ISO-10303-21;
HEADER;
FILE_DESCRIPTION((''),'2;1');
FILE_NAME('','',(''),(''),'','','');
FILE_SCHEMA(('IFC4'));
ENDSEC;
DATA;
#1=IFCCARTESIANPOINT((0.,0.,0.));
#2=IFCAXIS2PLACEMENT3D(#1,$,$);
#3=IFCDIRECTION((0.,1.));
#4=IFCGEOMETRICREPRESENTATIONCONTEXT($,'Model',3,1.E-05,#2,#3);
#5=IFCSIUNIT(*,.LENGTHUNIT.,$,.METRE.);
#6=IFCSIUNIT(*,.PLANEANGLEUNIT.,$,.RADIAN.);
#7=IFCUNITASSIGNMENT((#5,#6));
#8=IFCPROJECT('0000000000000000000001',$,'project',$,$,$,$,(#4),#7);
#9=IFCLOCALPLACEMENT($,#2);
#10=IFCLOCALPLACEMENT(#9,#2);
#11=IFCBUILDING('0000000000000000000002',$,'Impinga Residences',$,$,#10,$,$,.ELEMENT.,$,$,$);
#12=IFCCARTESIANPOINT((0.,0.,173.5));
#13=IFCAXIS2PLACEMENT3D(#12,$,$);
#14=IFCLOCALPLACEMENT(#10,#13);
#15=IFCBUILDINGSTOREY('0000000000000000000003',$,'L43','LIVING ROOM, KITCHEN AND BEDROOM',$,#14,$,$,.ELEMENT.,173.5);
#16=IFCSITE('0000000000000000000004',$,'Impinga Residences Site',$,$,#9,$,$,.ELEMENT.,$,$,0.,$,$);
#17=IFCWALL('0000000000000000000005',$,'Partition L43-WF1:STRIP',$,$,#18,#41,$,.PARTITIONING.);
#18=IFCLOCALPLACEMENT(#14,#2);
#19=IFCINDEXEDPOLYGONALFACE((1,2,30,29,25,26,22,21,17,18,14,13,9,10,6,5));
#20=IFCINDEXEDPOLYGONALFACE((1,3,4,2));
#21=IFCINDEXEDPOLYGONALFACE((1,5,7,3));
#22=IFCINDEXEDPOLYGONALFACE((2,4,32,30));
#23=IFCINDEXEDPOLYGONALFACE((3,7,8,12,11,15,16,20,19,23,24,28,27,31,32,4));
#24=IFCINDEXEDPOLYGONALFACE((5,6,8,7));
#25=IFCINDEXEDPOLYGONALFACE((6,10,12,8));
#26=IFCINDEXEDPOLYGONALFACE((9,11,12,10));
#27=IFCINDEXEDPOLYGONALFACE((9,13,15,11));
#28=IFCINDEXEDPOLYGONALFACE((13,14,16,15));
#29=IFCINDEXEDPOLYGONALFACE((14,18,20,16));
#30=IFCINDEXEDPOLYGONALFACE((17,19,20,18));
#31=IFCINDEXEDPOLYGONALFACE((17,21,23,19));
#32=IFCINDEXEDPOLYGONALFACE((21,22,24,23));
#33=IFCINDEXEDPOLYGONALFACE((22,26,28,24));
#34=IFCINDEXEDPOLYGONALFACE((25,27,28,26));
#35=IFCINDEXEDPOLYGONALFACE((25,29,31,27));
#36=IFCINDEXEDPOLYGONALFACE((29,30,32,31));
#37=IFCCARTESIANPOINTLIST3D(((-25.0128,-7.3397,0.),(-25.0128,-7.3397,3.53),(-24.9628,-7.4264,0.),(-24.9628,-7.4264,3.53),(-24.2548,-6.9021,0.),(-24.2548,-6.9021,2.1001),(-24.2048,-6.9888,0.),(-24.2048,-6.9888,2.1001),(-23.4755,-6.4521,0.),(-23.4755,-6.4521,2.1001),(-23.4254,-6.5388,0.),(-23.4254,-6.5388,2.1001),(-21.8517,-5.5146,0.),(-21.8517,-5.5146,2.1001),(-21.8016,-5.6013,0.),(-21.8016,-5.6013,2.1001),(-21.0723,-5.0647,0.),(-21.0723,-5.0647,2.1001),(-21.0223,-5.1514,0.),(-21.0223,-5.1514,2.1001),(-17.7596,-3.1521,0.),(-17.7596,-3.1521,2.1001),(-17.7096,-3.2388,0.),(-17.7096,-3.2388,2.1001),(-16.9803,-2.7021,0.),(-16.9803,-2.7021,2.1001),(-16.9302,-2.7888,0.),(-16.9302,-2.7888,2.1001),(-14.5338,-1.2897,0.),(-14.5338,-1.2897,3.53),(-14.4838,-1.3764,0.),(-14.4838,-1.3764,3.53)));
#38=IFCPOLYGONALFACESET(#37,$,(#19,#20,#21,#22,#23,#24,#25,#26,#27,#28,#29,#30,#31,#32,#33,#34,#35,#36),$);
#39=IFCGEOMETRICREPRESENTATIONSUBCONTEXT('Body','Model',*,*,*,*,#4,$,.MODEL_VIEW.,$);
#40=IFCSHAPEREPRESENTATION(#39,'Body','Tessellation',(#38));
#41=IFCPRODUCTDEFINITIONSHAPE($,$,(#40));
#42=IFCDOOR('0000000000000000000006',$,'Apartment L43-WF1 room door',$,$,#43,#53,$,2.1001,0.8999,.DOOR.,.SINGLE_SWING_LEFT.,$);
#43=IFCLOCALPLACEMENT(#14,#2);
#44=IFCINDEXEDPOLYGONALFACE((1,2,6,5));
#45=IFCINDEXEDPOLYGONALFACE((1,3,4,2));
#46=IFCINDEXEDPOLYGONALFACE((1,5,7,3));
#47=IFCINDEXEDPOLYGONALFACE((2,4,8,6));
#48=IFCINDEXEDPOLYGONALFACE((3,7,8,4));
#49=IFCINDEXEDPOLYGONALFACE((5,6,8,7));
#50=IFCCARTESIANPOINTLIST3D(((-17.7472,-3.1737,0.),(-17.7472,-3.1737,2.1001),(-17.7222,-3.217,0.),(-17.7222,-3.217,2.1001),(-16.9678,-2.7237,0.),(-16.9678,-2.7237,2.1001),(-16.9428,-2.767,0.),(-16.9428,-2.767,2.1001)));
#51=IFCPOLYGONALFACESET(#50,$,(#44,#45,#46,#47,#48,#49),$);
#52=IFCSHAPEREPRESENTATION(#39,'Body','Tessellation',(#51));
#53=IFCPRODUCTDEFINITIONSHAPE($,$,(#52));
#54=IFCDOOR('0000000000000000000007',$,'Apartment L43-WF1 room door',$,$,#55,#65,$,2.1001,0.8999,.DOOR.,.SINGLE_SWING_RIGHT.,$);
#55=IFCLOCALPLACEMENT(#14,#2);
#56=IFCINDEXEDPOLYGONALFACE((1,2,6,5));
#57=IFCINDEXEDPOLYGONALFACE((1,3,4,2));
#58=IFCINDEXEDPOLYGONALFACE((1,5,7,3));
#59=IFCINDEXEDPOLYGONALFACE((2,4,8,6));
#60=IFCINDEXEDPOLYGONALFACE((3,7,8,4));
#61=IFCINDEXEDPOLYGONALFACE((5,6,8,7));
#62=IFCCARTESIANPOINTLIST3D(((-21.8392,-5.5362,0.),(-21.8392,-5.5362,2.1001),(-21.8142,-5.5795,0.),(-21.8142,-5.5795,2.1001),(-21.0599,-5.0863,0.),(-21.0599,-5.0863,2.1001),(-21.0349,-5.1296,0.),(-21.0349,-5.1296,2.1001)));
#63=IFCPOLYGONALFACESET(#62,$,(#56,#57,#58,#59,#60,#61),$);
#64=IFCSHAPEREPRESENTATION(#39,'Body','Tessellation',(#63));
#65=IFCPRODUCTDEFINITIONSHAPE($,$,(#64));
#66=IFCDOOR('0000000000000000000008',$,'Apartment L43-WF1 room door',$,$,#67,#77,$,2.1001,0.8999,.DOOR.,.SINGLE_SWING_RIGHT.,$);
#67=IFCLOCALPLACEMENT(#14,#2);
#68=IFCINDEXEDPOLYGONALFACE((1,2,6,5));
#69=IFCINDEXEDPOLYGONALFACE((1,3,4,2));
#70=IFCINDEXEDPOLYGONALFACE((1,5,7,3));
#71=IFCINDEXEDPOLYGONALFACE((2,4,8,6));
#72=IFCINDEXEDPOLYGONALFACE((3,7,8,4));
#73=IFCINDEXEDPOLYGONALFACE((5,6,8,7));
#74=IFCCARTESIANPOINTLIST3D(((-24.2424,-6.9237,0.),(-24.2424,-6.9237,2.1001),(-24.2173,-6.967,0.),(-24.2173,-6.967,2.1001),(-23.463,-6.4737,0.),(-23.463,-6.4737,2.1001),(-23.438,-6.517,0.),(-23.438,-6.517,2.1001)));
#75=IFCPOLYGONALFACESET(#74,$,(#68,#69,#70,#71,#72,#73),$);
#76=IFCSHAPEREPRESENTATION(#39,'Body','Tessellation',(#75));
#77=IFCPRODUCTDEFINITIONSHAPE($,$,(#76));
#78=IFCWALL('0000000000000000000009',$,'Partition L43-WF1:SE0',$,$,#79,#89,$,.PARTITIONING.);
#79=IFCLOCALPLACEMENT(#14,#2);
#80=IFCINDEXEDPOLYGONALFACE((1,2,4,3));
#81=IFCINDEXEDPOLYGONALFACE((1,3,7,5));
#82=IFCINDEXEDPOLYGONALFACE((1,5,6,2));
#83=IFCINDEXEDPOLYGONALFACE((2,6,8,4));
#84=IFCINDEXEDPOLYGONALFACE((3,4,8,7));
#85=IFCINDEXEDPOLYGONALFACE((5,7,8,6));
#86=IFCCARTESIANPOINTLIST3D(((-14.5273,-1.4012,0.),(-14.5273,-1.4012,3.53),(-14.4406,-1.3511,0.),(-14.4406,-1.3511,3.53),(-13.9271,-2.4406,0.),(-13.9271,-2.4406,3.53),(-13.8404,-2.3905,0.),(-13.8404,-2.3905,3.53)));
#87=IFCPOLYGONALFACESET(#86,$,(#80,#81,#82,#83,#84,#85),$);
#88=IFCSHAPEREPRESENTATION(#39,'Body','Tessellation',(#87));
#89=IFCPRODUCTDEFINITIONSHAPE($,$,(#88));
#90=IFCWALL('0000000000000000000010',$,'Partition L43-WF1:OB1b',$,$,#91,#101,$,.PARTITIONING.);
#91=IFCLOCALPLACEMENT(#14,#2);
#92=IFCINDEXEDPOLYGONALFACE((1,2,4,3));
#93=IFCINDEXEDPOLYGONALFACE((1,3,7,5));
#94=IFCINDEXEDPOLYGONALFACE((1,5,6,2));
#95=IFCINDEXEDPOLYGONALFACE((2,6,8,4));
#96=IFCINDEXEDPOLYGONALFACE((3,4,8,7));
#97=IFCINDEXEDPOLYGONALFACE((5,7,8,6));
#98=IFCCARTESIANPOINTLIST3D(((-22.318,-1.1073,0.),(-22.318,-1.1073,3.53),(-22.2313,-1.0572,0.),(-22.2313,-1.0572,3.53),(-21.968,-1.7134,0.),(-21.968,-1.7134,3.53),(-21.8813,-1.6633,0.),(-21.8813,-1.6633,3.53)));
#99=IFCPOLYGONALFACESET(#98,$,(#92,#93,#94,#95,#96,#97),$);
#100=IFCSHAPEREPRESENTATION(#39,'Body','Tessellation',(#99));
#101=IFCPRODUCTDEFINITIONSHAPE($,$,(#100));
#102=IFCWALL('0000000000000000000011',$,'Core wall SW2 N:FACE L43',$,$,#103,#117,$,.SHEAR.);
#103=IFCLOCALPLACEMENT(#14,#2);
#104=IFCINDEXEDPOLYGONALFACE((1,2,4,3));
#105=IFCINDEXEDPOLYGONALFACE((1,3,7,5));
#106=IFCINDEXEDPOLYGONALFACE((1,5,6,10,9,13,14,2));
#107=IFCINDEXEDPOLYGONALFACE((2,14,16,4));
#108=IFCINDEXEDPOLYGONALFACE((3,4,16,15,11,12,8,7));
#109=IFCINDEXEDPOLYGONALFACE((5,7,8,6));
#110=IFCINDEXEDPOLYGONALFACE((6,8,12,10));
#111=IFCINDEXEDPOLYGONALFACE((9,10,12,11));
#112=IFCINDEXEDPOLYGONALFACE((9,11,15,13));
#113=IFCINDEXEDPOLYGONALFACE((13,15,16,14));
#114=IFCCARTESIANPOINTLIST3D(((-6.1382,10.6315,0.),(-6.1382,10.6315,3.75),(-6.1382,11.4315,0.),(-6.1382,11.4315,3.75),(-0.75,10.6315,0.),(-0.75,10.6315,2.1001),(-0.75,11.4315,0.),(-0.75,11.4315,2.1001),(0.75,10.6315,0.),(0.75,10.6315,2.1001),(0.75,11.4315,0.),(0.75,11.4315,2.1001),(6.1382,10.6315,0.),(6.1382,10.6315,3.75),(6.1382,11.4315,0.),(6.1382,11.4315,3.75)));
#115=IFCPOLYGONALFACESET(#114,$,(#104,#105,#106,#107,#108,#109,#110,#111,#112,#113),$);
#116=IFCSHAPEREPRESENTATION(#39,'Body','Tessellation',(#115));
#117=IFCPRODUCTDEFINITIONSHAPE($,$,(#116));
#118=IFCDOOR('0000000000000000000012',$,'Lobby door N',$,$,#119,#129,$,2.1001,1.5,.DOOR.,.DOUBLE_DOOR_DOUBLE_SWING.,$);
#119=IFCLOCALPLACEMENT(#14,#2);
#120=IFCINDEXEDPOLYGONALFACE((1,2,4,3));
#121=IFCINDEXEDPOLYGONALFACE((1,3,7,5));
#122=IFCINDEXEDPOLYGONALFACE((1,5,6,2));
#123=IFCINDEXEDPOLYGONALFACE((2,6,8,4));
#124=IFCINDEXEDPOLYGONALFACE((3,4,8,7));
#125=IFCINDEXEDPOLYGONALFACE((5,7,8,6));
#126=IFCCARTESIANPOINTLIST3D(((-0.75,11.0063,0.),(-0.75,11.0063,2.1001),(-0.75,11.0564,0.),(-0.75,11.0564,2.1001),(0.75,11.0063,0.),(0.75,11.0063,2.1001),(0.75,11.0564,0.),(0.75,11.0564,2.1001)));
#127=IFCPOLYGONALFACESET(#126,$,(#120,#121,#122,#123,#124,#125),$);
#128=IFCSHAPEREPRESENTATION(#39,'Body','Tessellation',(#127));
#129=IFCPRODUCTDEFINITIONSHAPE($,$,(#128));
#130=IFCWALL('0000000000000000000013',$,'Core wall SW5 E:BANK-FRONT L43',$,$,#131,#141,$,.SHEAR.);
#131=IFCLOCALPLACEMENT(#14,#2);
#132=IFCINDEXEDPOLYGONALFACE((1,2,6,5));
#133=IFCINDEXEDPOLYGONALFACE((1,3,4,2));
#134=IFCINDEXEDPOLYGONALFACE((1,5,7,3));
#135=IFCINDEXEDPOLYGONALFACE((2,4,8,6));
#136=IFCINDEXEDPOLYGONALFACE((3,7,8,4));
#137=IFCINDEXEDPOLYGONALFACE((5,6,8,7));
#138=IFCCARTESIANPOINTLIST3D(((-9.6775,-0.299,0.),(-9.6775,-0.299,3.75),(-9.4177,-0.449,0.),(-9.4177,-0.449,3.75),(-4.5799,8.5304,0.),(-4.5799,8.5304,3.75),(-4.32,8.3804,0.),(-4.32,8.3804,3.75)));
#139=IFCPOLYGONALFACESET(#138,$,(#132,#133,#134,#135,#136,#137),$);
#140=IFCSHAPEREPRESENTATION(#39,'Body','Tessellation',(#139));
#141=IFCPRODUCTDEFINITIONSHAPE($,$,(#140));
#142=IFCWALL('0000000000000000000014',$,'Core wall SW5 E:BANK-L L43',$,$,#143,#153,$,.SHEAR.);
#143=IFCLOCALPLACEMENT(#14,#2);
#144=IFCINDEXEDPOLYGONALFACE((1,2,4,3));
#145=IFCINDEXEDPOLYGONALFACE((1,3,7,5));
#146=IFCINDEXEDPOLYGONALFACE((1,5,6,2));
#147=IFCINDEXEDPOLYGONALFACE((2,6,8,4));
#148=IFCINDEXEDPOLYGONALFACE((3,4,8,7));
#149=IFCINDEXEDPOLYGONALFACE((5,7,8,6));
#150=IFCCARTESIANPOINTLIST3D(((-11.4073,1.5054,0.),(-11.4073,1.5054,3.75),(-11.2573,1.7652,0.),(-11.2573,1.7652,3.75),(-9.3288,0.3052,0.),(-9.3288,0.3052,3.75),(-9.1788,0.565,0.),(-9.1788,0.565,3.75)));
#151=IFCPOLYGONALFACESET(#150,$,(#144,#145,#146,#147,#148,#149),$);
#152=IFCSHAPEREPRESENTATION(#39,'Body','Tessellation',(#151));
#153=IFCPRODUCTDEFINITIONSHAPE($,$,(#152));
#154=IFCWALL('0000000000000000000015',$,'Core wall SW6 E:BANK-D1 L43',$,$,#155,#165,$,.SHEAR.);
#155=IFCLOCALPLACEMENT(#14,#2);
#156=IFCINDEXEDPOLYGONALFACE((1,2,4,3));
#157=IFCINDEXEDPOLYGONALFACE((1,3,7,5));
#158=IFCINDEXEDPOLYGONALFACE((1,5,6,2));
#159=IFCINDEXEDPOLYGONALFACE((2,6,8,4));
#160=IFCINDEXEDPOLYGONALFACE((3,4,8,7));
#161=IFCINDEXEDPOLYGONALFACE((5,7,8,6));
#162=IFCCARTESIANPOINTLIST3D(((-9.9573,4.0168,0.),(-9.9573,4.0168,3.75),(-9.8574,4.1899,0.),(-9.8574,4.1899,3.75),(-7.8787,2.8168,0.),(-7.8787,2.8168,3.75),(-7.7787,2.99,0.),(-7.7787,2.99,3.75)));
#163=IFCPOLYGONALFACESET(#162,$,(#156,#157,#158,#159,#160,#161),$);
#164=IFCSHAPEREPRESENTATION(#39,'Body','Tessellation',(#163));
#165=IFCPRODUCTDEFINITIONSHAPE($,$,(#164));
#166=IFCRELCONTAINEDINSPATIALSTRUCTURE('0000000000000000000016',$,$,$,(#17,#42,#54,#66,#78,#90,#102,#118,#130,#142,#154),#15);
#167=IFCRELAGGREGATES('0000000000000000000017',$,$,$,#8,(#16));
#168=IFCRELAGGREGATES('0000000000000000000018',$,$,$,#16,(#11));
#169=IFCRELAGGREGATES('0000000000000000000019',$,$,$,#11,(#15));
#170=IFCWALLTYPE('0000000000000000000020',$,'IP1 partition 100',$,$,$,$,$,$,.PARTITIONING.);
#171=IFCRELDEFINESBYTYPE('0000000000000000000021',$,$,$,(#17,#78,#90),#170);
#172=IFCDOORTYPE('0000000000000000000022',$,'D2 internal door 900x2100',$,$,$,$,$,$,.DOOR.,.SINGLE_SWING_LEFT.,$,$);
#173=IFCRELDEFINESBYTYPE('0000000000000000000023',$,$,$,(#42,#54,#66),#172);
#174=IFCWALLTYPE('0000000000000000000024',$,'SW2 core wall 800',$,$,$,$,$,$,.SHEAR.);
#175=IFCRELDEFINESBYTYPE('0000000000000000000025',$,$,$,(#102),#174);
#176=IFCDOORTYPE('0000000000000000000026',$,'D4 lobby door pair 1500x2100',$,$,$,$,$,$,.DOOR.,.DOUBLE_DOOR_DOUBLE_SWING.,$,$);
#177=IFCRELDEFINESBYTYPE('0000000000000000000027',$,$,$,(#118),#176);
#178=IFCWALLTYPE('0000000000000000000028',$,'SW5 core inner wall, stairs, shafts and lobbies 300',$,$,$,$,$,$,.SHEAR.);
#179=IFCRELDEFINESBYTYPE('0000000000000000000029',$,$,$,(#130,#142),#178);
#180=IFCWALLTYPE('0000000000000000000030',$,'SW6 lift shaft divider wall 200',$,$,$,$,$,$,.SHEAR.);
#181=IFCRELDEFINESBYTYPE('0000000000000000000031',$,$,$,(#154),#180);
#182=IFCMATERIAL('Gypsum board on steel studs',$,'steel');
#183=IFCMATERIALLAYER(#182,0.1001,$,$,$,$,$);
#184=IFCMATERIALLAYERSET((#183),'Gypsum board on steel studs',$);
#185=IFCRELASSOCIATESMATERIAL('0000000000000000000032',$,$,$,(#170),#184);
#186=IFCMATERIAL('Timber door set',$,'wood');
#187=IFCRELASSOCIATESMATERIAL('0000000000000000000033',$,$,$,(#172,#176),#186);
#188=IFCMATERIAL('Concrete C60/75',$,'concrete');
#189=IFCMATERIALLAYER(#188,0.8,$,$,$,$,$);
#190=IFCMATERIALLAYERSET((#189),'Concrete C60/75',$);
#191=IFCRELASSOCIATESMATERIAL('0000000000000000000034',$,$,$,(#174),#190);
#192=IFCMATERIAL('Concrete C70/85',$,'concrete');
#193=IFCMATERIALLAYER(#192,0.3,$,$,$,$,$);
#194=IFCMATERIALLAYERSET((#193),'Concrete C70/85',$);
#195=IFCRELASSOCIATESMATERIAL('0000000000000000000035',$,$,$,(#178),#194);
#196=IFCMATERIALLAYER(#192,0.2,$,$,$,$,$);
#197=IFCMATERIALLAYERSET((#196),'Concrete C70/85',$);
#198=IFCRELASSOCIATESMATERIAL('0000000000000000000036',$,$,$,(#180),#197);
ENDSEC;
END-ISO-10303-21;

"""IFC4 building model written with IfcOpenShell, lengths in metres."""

from ifc_helpers import new_model, si_unit, direction, frame, frame_2d, origin, place, context, subcontext, project, spatial, rectangle, extrude, material, layer, layer_set, type_object, element, fill, save


model = new_model("IFC4")

# Units and contexts
model_context = context("Model", 3, precision=1e-05, world=origin(), true_north=direction((0.0, 1.0)))
body_context = subcontext(model_context, "Body", "Model", "MODEL_VIEW")
ifc_project = project(units=[si_unit("LENGTHUNIT", "METRE"), si_unit("PLANEANGLEUNIT", "RADIAN")], contexts=[model_context])

# Site, building, storey
site_placement = place(None, origin())
site = spatial("IfcSite", under=ifc_project, at=site_placement, Name="Impinga Residences Site", CompositionType="ELEMENT", RefElevation=0.0)
building_placement = place(site_placement, origin())
building = spatial("IfcBuilding", under=site, at=building_placement, Name="Impinga Residences", CompositionType="ELEMENT")
storey_placement = place(building_placement, frame((0.0, 0.0, 173.5)))
storey = spatial("IfcBuildingStorey", under=building, at=storey_placement, Name="L43", Description="LIVING ROOM, KITCHEN AND BEDROOM", CompositionType="ELEMENT", Elevation=173.5)

# Shared definitions
ifc_material_1 = material(Name="Concrete C60/75", Category="concrete")

# Shared definitions
ifc_material_2 = material(Name="Timber door set", Category="wood")

# Shared definitions
ifc_material_3 = material(Name="Gypsum board on steel studs", Category="steel")
ifc_layer_1 = layer(ifc_material_3, 0.1001)
ifc_layer_set_1 = layer_set([ifc_layer_1], Name="Gypsum board on steel studs")
wall_type_1 = type_object("IfcWallType", Name="IP1 partition 100", PredefinedType="PARTITIONING", material=ifc_layer_set_1)

# Wall, openings, doors
wall_1_placement = place(storey_placement, frame((-14.5088, -1.333, 0.0), z_axis=(0.0, 0.0, 1.0), x_axis=(-0.866026, -0.5, 0.0)))
wall_1 = element("IfcWall", 1, at=wall_1_placement, inside=storey, type_object=wall_type_1, Name="Partition L43-WF1:STRIP", PredefinedType="PARTITIONING", context=body_context, shape_type="SweptSolid", body=[
    extrude(rectangle(XDim=12.1001, YDim=0.1001, at=frame_2d((6.05, 0.0))), origin(), (0.0, 0.0, 1.0), 3.53),
])
opening_1_placement = place(wall_1_placement, frame((2.825, 0.0, 0.0)))
opening_1 = element("IfcOpeningElement", 2, at=opening_1_placement, cuts=wall_1, PredefinedType="OPENING", context=body_context, shape_type="SweptSolid", body=[
    extrude(rectangle(XDim=0.8999, YDim=2.1001, at=frame_2d((0.45, 1.05))), frame((0.0, 0.0601, 0.0), z_axis=(0.0, -1.0, 0.0), x_axis=(1.0, 0.0, 0.0)), (0.0, 0.0, 1.0), 0.1201),
])
opening_2_placement = place(wall_1_placement, frame((7.55, 0.0, 0.0)))
opening_2 = element("IfcOpeningElement", 3, at=opening_2_placement, cuts=wall_1, PredefinedType="OPENING", context=body_context, shape_type="SweptSolid", body=[
    extrude(rectangle(XDim=0.8999, YDim=2.1001, at=frame_2d((0.45, 1.05))), frame((0.0, 0.0601, 0.0), z_axis=(0.0, -1.0, 0.0), x_axis=(1.0, 0.0, 0.0)), (0.0, 0.0, 1.0), 0.1201),
])
opening_3_placement = place(wall_1_placement, frame((10.325, 0.0, 0.0)))
opening_3 = element("IfcOpeningElement", 4, at=opening_3_placement, cuts=wall_1, PredefinedType="OPENING", context=body_context, shape_type="SweptSolid", body=[
    extrude(rectangle(XDim=0.8999, YDim=2.1001, at=frame_2d((0.45, 1.05))), frame((0.0, 0.0601, 0.0), z_axis=(0.0, -1.0, 0.0), x_axis=(1.0, 0.0, 0.0)), (0.0, 0.0, 1.0), 0.1201),
])
door_type_1 = type_object("IfcDoorType", Name="D2 internal door 900x2100", OperationType="SINGLE_SWING_LEFT", PredefinedType="DOOR", material=ifc_material_2)
door_1_placement = place(opening_1_placement, origin())
door_1 = element("IfcDoor", 5, at=door_1_placement, inside=storey, type_object=door_type_1, Name="Apartment L43-WF1 room door", OperationType="SINGLE_SWING_LEFT", OverallHeight=2.1001, OverallWidth=0.8999, PredefinedType="DOOR", context=body_context, shape_type="SweptSolid", body=[
    extrude(rectangle(XDim=0.8999, YDim=2.1001, at=frame_2d((0.45, 1.05))), frame((0.0, 0.0249, 0.0), z_axis=(0.0, -1.0, 0.0), x_axis=(1.0, 0.0, 0.0)), (0.0, 0.0, 1.0), 0.05),
])
fill(opening_1, door_1)
door_2_placement = place(opening_2_placement, origin())
door_2 = element("IfcDoor", 6, at=door_2_placement, inside=storey, type_object=door_type_1, Name="Apartment L43-WF1 room door", OperationType="SINGLE_SWING_RIGHT", OverallHeight=2.1001, OverallWidth=0.8999, PredefinedType="DOOR", context=body_context, shape_type="SweptSolid", body=[
    extrude(rectangle(XDim=0.8999, YDim=2.1001, at=frame_2d((0.45, 1.05))), frame((0.0, 0.0249, 0.0), z_axis=(0.0, -1.0, 0.0), x_axis=(1.0, 0.0, 0.0)), (0.0, 0.0, 1.0), 0.05),
])
fill(opening_2, door_2)
door_3_placement = place(opening_3_placement, origin())
door_3 = element("IfcDoor", 7, at=door_3_placement, inside=storey, type_object=door_type_1, Name="Apartment L43-WF1 room door", OperationType="SINGLE_SWING_RIGHT", OverallHeight=2.1001, OverallWidth=0.8999, PredefinedType="DOOR", context=body_context, shape_type="SweptSolid", body=[
    extrude(rectangle(XDim=0.8999, YDim=2.1001, at=frame_2d((0.45, 1.05))), frame((0.0, 0.0249, 0.0), z_axis=(0.0, -1.0, 0.0), x_axis=(1.0, 0.0, 0.0)), (0.0, 0.0, 1.0), 0.05),
])
fill(opening_3, door_3)

# Walls
wall_2_placement = place(storey_placement, frame((-13.8838, -2.4155, 0.0), z_axis=(0.0, 0.0, 1.0), x_axis=(-0.500034, 0.866006, 0.0)))
element("IfcWall", 8, at=wall_2_placement, inside=storey, type_object=wall_type_1, Name="Partition L43-WF1:SE0", PredefinedType="PARTITIONING", context=body_context, shape_type="SweptSolid", body=[
    extrude(rectangle(XDim=1.2002, YDim=0.1001, at=frame_2d((0.6001, 0.0))), origin(), (0.0, 0.0, 1.0), 3.53),
])
wall_3_placement = place(storey_placement, frame((-21.9246, -1.6885, 0.0), z_axis=(0.0, 0.0, 1.0), x_axis=(-0.500115, 0.865959, 0.0)))
element("IfcWall", 9, at=wall_3_placement, inside=storey, type_object=wall_type_1, Name="Partition L43-WF1:OB1b", PredefinedType="PARTITIONING", context=body_context, shape_type="SweptSolid", body=[
    extrude(rectangle(XDim=0.7, YDim=0.1001, at=frame_2d((0.3501, 0.0))), origin(), (0.0, 0.0, 1.0), 3.53),
])

# Wall, opening, door
ifc_layer_2 = layer(ifc_material_1, 0.8)
ifc_layer_set_2 = layer_set([ifc_layer_2], Name="Concrete C60/75")
wall_type_2 = type_object("IfcWallType", Name="SW2 core wall 800", PredefinedType="SHEAR", material=ifc_layer_set_2)
wall_4_placement = place(storey_placement, frame((-6.1382, 11.0315, 0.0), z_axis=(0.0, 0.0, 1.0), x_axis=(1.0, 0.0, 0.0)))
wall_4 = element("IfcWall", 10, at=wall_4_placement, inside=storey, type_object=wall_type_2, Name="Core wall SW2 N:FACE L43", PredefinedType="SHEAR", context=body_context, shape_type="SweptSolid", body=[
    extrude(rectangle(XDim=12.2764, YDim=0.8, at=frame_2d((6.1382, 0.0))), origin(), (0.0, 0.0, 1.0), 3.75),
])
opening_4_placement = place(wall_4_placement, frame((5.3882, 0.0, 0.0)))
opening_4 = element("IfcOpeningElement", 11, at=opening_4_placement, cuts=wall_4, PredefinedType="OPENING", context=body_context, shape_type="SweptSolid", body=[
    extrude(rectangle(XDim=1.5, YDim=2.1001, at=frame_2d((0.75, 1.05))), frame((0.0, 0.4099, 0.0), z_axis=(0.0, -1.0, 0.0), x_axis=(1.0, 0.0, 0.0)), (0.0, 0.0, 1.0), 0.8201),
])
door_type_2 = type_object("IfcDoorType", Name="D4 lobby door pair 1500x2100", OperationType="DOUBLE_DOOR_DOUBLE_SWING", PredefinedType="DOOR", material=ifc_material_2)
door_4_placement = place(opening_4_placement, origin())
door_4 = element("IfcDoor", 12, at=door_4_placement, inside=storey, type_object=door_type_2, Name="Lobby door N", OperationType="DOUBLE_DOOR_DOUBLE_SWING", OverallHeight=2.1001, OverallWidth=1.5, PredefinedType="DOOR", context=body_context, shape_type="SweptSolid", body=[
    extrude(rectangle(XDim=1.5, YDim=2.1001, at=frame_2d((0.75, 1.05))), frame((0.0, 0.0249, 0.0), z_axis=(0.0, -1.0, 0.0), x_axis=(1.0, 0.0, 0.0)), (0.0, 0.0, 1.0), 0.05),
])
fill(opening_4, door_4)

# Walls
ifc_material_4 = material(Name="Concrete C70/85", Category="concrete")
ifc_layer_3 = layer(ifc_material_4, 0.3)
ifc_layer_set_3 = layer_set([ifc_layer_3], Name="Concrete C70/85")
wall_type_3 = type_object("IfcWallType", Name="SW5 core inner wall, stairs, shafts and lobbies 300", PredefinedType="SHEAR", material=ifc_layer_set_3)
wall_5_placement = place(storey_placement, frame((-9.5476, -0.374, 0.0), z_axis=(0.0, 0.0, 1.0), x_axis=(0.500002, 0.866024, 0.0)))
element("IfcWall", 13, at=wall_5_placement, inside=storey, type_object=wall_type_3, Name="Core wall SW5 E:BANK-FRONT L43", PredefinedType="SHEAR", context=body_context, shape_type="SweptSolid", body=[
    extrude(rectangle(XDim=10.1953, YDim=0.3, at=frame_2d((5.0977, 0.0))), origin(), (0.0, 0.0, 1.0), 3.75),
])
wall_6_placement = place(storey_placement, frame((-9.2537, 0.4351, 0.0), z_axis=(0.0, 0.0, 1.0), x_axis=(-0.866006, 0.500034, 0.0)))
element("IfcWall", 14, at=wall_6_placement, inside=storey, type_object=wall_type_3, Name="Core wall SW5 E:BANK-L L43", PredefinedType="SHEAR", context=body_context, shape_type="SweptSolid", body=[
    extrude(rectangle(XDim=2.4001, YDim=0.3, at=frame_2d((1.2002, 0.0))), origin(), (0.0, 0.0, 1.0), 3.75),
])
ifc_layer_4 = layer(ifc_material_4, 0.2)
ifc_layer_set_4 = layer_set([ifc_layer_4], Name="Concrete C70/85")
wall_type_4 = type_object("IfcWallType", Name="SW6 lift shaft divider wall 200", PredefinedType="SHEAR", material=ifc_layer_set_4)
wall_7_placement = place(storey_placement, frame((-7.8286, 2.9033, 0.0), z_axis=(0.0, 0.0, 1.0), x_axis=(-0.86605, 0.499957, 0.0)))
element("IfcWall", 15, at=wall_7_placement, inside=storey, type_object=wall_type_4, Name="Core wall SW6 E:BANK-D1 L43", PredefinedType="SHEAR", context=body_context, shape_type="SweptSolid", body=[
    extrude(rectangle(XDim=2.4001, YDim=0.2, at=frame_2d((1.2002, 0.0))), origin(), (0.0, 0.0, 1.0), 3.75),
])

save(model, "model.ifc")
